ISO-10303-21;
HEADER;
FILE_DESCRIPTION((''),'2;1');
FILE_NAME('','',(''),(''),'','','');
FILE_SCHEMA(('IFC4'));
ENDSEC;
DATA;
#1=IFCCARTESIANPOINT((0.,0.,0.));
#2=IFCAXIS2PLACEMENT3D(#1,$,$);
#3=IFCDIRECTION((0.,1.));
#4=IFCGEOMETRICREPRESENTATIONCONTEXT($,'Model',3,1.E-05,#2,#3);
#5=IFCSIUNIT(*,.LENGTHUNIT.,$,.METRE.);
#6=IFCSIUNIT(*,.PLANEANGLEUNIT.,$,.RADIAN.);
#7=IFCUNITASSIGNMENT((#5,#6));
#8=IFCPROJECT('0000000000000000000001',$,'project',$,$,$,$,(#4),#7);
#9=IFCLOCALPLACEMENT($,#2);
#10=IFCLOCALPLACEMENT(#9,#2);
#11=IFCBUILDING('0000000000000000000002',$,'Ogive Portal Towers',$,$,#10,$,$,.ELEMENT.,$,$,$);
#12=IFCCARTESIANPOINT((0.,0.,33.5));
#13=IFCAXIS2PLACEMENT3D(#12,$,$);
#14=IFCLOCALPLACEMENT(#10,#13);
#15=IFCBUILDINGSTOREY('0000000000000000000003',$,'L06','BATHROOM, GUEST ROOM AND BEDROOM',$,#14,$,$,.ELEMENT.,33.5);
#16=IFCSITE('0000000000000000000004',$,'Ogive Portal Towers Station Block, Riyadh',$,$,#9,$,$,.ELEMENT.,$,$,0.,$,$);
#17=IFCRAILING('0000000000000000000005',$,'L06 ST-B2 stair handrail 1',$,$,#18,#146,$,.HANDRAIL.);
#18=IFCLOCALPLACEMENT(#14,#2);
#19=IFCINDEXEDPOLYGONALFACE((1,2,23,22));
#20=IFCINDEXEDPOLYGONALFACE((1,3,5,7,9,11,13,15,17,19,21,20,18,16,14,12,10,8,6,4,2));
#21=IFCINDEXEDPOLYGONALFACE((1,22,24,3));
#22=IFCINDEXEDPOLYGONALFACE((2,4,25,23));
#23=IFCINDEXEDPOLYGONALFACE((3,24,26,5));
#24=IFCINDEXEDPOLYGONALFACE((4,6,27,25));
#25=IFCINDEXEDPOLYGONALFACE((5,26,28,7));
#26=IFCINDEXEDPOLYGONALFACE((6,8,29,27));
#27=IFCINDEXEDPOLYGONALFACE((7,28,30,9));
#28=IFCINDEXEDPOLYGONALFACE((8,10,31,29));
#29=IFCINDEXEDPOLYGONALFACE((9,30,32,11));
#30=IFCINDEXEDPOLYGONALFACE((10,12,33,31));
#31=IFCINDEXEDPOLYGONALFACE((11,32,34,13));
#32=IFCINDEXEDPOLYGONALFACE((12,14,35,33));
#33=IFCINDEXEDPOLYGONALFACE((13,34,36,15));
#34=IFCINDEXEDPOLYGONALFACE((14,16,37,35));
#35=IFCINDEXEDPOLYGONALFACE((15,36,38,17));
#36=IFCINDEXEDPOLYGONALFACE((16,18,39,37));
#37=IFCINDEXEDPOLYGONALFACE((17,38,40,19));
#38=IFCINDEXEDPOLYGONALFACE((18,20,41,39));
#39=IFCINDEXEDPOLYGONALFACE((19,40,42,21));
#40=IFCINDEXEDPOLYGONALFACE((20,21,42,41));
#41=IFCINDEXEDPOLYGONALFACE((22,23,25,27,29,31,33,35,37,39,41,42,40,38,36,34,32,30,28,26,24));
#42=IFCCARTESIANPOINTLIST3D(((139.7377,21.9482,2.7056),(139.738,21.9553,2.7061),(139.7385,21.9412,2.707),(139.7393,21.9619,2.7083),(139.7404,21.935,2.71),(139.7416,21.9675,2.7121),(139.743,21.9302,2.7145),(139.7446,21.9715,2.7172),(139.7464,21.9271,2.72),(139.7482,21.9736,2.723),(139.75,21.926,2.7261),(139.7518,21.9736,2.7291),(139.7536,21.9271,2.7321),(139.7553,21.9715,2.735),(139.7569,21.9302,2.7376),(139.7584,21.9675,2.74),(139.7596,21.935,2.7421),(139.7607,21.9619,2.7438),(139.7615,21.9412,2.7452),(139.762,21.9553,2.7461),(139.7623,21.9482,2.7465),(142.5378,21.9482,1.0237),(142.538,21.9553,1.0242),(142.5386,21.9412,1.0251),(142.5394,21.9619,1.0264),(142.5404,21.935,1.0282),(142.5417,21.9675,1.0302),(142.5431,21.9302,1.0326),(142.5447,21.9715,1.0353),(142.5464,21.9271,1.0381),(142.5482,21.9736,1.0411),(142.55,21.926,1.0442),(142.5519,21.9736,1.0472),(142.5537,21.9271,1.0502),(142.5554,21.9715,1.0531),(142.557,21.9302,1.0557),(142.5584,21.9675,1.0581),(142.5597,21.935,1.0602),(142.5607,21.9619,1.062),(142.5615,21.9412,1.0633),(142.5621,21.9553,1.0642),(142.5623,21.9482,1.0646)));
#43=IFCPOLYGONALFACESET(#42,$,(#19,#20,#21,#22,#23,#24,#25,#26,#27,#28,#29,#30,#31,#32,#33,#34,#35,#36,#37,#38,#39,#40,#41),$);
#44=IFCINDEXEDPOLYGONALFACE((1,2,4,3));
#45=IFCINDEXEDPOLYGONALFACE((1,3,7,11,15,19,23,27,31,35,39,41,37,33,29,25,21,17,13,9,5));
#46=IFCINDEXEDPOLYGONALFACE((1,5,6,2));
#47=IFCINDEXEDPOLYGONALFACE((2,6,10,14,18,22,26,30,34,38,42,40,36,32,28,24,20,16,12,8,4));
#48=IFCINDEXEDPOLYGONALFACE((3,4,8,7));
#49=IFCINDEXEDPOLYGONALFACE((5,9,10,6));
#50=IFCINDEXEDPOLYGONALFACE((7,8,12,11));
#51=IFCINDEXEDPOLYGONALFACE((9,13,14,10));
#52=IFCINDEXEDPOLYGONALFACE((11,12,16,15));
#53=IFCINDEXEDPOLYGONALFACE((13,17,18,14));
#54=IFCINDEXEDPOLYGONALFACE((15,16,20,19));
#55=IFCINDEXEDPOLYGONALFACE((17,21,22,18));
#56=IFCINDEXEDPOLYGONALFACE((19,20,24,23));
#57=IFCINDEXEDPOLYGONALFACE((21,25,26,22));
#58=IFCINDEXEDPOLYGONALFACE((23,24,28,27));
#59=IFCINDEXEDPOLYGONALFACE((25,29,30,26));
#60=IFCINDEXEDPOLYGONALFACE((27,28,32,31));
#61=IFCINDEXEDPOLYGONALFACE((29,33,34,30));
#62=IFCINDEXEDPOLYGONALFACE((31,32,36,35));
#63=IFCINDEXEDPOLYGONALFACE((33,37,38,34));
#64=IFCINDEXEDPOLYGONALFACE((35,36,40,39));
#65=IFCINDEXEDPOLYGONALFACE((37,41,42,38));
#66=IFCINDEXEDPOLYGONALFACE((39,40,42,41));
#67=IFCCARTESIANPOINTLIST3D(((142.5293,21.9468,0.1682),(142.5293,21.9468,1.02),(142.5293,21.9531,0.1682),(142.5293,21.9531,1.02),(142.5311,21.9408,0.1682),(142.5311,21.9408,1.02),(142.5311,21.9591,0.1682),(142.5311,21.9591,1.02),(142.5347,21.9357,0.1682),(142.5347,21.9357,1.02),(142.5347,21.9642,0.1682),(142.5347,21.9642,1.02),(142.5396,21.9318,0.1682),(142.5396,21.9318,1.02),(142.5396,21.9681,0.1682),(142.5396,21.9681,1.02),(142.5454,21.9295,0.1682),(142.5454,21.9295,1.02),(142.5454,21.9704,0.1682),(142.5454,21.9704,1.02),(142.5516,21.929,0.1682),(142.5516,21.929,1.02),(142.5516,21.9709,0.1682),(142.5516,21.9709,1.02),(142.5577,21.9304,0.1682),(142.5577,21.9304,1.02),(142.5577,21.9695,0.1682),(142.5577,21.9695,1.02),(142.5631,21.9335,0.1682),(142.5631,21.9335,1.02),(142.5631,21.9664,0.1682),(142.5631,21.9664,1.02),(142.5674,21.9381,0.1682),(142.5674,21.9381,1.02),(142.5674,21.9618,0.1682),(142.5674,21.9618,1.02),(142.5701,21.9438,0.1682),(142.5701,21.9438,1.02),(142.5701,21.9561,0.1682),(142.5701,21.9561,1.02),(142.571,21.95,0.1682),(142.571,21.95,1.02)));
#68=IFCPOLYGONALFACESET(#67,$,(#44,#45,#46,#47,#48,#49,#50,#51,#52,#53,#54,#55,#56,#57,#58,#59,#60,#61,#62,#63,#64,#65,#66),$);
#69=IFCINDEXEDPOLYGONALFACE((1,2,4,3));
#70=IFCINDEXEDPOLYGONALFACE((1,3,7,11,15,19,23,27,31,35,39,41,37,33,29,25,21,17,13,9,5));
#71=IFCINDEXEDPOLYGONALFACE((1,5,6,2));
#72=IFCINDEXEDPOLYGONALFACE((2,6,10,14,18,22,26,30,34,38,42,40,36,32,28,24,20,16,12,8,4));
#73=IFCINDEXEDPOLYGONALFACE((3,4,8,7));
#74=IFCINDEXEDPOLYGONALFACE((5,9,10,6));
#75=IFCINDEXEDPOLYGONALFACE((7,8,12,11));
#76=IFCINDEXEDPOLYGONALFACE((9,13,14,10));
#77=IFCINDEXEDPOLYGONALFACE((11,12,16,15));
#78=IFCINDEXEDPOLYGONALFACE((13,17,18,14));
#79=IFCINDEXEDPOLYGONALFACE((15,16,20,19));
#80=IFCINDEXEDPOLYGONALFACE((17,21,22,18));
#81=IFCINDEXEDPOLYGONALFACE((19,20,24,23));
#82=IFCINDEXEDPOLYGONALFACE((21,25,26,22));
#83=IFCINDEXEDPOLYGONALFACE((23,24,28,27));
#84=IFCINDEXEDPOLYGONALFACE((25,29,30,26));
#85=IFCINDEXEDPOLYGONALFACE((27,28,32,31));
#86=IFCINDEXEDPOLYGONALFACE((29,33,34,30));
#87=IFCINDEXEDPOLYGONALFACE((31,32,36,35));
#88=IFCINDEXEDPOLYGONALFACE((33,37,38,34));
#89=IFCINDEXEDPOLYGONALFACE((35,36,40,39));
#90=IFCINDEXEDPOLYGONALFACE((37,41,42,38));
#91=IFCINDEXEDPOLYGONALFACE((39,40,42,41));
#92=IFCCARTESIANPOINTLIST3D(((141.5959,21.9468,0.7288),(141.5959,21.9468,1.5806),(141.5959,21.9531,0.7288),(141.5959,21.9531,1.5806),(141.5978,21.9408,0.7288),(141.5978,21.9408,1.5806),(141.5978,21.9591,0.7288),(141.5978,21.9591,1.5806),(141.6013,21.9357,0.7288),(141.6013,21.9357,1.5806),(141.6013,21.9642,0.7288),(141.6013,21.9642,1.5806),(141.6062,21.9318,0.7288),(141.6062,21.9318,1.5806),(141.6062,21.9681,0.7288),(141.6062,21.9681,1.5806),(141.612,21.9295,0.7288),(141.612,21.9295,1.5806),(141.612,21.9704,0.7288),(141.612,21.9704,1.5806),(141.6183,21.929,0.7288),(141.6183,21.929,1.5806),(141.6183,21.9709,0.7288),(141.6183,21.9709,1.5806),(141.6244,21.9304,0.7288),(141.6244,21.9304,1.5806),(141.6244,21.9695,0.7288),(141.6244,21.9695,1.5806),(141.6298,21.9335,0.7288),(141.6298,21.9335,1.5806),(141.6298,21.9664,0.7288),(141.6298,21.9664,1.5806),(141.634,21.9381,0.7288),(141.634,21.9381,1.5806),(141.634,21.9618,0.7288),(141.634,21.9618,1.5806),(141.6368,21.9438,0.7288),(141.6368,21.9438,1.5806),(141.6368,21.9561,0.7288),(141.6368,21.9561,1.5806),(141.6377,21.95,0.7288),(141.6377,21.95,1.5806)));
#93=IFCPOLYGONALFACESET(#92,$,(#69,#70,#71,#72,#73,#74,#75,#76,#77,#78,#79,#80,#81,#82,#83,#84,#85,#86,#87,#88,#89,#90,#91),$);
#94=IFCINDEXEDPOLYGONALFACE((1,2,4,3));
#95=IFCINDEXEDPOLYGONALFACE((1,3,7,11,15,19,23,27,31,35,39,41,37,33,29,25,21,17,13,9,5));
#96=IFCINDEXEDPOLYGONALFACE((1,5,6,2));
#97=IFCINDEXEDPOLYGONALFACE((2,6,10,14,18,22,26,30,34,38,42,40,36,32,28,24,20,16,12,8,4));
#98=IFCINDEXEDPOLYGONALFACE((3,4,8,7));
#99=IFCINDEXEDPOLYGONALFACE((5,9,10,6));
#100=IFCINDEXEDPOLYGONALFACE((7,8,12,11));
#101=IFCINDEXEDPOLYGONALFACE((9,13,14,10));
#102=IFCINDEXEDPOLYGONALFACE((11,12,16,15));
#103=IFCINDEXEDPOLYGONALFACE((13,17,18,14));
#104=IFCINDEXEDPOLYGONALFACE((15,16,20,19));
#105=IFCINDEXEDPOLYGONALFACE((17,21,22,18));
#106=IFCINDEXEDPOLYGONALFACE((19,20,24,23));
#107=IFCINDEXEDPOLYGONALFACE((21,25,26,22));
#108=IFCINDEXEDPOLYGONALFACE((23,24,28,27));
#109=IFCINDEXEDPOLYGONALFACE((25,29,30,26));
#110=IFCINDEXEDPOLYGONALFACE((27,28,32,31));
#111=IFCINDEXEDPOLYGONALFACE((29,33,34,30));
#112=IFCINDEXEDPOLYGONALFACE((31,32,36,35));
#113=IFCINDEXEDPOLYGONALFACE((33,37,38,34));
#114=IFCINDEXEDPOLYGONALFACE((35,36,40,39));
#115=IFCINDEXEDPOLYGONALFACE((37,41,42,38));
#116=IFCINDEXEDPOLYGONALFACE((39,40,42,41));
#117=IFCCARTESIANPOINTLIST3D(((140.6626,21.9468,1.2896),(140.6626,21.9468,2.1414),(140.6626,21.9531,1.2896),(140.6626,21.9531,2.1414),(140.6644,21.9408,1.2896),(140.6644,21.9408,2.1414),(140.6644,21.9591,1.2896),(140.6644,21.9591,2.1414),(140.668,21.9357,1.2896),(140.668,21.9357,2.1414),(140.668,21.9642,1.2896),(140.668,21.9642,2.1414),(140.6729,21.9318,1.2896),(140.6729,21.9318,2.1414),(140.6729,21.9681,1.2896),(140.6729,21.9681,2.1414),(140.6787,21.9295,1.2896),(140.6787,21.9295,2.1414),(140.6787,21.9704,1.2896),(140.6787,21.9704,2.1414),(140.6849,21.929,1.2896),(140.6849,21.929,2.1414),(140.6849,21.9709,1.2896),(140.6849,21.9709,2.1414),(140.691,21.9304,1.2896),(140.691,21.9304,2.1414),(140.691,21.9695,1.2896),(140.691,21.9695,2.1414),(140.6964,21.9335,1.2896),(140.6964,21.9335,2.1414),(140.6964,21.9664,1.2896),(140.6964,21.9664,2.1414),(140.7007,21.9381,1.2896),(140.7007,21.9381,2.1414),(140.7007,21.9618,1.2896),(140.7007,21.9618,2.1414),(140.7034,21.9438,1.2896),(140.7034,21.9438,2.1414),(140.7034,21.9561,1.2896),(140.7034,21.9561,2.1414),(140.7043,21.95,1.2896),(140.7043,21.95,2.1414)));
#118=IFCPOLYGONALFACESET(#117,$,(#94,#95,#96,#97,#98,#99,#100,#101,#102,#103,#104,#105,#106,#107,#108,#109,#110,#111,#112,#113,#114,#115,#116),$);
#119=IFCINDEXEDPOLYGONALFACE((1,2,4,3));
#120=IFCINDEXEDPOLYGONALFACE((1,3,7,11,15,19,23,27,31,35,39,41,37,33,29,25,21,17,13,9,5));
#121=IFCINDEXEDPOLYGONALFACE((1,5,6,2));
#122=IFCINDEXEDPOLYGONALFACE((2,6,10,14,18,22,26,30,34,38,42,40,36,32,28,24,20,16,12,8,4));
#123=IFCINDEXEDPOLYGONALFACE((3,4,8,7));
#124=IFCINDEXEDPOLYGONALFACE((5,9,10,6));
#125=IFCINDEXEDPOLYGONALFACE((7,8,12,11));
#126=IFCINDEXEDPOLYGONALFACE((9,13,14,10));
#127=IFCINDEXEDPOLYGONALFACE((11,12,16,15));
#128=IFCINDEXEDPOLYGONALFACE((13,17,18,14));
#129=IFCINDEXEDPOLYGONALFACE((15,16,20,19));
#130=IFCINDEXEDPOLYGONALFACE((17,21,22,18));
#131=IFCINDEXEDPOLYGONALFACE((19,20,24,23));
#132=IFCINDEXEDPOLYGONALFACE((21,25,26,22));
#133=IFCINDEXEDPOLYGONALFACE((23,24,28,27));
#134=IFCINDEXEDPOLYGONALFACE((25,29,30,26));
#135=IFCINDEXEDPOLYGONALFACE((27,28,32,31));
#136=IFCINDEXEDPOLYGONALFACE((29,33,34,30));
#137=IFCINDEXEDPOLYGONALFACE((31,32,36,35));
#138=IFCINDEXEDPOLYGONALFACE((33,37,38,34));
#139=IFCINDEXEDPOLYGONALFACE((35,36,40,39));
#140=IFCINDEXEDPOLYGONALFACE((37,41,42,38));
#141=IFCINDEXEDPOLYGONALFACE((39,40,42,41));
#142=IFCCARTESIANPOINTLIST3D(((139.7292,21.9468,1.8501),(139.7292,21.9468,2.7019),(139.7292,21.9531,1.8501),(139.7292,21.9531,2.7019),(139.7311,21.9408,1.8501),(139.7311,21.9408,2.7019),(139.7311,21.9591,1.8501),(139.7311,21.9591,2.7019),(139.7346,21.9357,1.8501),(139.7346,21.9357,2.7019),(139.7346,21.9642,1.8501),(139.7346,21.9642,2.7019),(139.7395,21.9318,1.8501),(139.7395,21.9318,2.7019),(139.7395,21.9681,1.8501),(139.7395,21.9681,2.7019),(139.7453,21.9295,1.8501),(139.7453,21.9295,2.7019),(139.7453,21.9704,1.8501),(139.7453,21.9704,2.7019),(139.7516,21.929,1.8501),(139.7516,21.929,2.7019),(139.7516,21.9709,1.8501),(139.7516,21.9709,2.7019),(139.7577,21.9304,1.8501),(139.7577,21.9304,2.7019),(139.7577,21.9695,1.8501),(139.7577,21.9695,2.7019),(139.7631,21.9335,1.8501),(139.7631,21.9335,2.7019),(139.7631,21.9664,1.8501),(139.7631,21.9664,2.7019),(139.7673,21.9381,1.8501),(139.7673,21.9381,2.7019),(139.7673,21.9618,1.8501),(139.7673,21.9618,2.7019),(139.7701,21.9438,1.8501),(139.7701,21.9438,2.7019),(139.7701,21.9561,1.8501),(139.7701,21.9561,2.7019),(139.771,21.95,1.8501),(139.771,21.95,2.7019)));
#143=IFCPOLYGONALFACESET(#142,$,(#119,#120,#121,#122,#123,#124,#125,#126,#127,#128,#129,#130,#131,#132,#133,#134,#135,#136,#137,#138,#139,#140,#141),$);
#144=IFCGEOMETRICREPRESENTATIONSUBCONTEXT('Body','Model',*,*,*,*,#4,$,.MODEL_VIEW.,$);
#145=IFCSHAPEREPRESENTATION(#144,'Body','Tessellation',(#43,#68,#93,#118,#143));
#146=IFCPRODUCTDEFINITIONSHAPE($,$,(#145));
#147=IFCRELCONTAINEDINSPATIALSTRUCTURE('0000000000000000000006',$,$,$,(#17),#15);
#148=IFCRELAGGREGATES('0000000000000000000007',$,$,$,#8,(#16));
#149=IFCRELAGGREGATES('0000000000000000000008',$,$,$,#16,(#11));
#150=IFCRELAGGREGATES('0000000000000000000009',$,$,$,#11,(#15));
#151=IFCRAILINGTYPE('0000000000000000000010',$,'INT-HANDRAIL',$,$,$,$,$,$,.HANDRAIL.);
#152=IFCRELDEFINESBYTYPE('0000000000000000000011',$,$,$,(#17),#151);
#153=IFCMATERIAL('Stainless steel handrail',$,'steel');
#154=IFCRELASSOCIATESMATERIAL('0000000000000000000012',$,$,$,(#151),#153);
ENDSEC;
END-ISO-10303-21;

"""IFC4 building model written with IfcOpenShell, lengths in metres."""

from ifc_helpers import new_model, si_unit, direction, frame, origin, origin_2d, place, context, subcontext, project, spatial, circle, extrude, material, type_object, element, save


model = new_model("IFC4")

# Units and contexts
model_context = context("Model", 3, precision=1e-05, world=origin(), true_north=direction((0.0, 1.0)))
body_context = subcontext(model_context, "Body", "Model", "MODEL_VIEW")
ifc_project = project(units=[si_unit("LENGTHUNIT", "METRE"), si_unit("PLANEANGLEUNIT", "RADIAN")], contexts=[model_context])

# Site, building, storey
site_placement = place(None, origin())
site = spatial("IfcSite", under=ifc_project, at=site_placement, Name="Ogive Portal Towers Station Block, Riyadh", CompositionType="ELEMENT", RefElevation=0.0)
building_placement = place(site_placement, origin())
building = spatial("IfcBuilding", under=site, at=building_placement, Name="Ogive Portal Towers", CompositionType="ELEMENT")
storey_placement = place(building_placement, frame((0.0, 0.0, 33.5)))
storey = spatial("IfcBuildingStorey", under=building, at=storey_placement, Name="L06", Description="BATHROOM, GUEST ROOM AND BEDROOM", CompositionType="ELEMENT", Elevation=33.5)

# Railing
ifc_material_1 = material(Name="Stainless steel handrail", Category="steel")
railing_type_1 = type_object("IfcRailingType", Name="INT-HANDRAIL", PredefinedType="HANDRAIL", material=ifc_material_1)
railing_1_placement = place(storey_placement, frame((142.55, 21.95, 0.1682)))
element("IfcRailing", 1, at=railing_1_placement, inside=storey, type_object=railing_type_1, Name="L06 ST-B2 stair handrail 1", PredefinedType="HANDRAIL", context=body_context, shape_type="SweptSolid", body=[
    extrude(circle(Radius=0.0239, at=origin_2d()), frame((0.0, 0.0, 0.876), z_axis=(-0.857242, 0.0, 0.514913), x_axis=(0.0, -1.0, 0.0)), (0.0, 0.0, 1.0), 3.2664),
    extrude(circle(Radius=0.021, at=origin_2d()), origin(), (0.0, 0.0, 1.0), 0.8518),
    extrude(circle(Radius=0.021, at=origin_2d()), frame((-0.9333, 0.0, 0.5605)), (0.0, 0.0, 1.0), 0.8518),
    extrude(circle(Radius=0.021, at=origin_2d()), frame((-1.8667, 0.0, 1.1213)), (0.0, 0.0, 1.0), 0.8518),
    extrude(circle(Radius=0.021, at=origin_2d()), frame((-2.8, 0.0, 1.6819)), (0.0, 0.0, 1.0), 0.8518),
])

save(model, "model.ifc")
